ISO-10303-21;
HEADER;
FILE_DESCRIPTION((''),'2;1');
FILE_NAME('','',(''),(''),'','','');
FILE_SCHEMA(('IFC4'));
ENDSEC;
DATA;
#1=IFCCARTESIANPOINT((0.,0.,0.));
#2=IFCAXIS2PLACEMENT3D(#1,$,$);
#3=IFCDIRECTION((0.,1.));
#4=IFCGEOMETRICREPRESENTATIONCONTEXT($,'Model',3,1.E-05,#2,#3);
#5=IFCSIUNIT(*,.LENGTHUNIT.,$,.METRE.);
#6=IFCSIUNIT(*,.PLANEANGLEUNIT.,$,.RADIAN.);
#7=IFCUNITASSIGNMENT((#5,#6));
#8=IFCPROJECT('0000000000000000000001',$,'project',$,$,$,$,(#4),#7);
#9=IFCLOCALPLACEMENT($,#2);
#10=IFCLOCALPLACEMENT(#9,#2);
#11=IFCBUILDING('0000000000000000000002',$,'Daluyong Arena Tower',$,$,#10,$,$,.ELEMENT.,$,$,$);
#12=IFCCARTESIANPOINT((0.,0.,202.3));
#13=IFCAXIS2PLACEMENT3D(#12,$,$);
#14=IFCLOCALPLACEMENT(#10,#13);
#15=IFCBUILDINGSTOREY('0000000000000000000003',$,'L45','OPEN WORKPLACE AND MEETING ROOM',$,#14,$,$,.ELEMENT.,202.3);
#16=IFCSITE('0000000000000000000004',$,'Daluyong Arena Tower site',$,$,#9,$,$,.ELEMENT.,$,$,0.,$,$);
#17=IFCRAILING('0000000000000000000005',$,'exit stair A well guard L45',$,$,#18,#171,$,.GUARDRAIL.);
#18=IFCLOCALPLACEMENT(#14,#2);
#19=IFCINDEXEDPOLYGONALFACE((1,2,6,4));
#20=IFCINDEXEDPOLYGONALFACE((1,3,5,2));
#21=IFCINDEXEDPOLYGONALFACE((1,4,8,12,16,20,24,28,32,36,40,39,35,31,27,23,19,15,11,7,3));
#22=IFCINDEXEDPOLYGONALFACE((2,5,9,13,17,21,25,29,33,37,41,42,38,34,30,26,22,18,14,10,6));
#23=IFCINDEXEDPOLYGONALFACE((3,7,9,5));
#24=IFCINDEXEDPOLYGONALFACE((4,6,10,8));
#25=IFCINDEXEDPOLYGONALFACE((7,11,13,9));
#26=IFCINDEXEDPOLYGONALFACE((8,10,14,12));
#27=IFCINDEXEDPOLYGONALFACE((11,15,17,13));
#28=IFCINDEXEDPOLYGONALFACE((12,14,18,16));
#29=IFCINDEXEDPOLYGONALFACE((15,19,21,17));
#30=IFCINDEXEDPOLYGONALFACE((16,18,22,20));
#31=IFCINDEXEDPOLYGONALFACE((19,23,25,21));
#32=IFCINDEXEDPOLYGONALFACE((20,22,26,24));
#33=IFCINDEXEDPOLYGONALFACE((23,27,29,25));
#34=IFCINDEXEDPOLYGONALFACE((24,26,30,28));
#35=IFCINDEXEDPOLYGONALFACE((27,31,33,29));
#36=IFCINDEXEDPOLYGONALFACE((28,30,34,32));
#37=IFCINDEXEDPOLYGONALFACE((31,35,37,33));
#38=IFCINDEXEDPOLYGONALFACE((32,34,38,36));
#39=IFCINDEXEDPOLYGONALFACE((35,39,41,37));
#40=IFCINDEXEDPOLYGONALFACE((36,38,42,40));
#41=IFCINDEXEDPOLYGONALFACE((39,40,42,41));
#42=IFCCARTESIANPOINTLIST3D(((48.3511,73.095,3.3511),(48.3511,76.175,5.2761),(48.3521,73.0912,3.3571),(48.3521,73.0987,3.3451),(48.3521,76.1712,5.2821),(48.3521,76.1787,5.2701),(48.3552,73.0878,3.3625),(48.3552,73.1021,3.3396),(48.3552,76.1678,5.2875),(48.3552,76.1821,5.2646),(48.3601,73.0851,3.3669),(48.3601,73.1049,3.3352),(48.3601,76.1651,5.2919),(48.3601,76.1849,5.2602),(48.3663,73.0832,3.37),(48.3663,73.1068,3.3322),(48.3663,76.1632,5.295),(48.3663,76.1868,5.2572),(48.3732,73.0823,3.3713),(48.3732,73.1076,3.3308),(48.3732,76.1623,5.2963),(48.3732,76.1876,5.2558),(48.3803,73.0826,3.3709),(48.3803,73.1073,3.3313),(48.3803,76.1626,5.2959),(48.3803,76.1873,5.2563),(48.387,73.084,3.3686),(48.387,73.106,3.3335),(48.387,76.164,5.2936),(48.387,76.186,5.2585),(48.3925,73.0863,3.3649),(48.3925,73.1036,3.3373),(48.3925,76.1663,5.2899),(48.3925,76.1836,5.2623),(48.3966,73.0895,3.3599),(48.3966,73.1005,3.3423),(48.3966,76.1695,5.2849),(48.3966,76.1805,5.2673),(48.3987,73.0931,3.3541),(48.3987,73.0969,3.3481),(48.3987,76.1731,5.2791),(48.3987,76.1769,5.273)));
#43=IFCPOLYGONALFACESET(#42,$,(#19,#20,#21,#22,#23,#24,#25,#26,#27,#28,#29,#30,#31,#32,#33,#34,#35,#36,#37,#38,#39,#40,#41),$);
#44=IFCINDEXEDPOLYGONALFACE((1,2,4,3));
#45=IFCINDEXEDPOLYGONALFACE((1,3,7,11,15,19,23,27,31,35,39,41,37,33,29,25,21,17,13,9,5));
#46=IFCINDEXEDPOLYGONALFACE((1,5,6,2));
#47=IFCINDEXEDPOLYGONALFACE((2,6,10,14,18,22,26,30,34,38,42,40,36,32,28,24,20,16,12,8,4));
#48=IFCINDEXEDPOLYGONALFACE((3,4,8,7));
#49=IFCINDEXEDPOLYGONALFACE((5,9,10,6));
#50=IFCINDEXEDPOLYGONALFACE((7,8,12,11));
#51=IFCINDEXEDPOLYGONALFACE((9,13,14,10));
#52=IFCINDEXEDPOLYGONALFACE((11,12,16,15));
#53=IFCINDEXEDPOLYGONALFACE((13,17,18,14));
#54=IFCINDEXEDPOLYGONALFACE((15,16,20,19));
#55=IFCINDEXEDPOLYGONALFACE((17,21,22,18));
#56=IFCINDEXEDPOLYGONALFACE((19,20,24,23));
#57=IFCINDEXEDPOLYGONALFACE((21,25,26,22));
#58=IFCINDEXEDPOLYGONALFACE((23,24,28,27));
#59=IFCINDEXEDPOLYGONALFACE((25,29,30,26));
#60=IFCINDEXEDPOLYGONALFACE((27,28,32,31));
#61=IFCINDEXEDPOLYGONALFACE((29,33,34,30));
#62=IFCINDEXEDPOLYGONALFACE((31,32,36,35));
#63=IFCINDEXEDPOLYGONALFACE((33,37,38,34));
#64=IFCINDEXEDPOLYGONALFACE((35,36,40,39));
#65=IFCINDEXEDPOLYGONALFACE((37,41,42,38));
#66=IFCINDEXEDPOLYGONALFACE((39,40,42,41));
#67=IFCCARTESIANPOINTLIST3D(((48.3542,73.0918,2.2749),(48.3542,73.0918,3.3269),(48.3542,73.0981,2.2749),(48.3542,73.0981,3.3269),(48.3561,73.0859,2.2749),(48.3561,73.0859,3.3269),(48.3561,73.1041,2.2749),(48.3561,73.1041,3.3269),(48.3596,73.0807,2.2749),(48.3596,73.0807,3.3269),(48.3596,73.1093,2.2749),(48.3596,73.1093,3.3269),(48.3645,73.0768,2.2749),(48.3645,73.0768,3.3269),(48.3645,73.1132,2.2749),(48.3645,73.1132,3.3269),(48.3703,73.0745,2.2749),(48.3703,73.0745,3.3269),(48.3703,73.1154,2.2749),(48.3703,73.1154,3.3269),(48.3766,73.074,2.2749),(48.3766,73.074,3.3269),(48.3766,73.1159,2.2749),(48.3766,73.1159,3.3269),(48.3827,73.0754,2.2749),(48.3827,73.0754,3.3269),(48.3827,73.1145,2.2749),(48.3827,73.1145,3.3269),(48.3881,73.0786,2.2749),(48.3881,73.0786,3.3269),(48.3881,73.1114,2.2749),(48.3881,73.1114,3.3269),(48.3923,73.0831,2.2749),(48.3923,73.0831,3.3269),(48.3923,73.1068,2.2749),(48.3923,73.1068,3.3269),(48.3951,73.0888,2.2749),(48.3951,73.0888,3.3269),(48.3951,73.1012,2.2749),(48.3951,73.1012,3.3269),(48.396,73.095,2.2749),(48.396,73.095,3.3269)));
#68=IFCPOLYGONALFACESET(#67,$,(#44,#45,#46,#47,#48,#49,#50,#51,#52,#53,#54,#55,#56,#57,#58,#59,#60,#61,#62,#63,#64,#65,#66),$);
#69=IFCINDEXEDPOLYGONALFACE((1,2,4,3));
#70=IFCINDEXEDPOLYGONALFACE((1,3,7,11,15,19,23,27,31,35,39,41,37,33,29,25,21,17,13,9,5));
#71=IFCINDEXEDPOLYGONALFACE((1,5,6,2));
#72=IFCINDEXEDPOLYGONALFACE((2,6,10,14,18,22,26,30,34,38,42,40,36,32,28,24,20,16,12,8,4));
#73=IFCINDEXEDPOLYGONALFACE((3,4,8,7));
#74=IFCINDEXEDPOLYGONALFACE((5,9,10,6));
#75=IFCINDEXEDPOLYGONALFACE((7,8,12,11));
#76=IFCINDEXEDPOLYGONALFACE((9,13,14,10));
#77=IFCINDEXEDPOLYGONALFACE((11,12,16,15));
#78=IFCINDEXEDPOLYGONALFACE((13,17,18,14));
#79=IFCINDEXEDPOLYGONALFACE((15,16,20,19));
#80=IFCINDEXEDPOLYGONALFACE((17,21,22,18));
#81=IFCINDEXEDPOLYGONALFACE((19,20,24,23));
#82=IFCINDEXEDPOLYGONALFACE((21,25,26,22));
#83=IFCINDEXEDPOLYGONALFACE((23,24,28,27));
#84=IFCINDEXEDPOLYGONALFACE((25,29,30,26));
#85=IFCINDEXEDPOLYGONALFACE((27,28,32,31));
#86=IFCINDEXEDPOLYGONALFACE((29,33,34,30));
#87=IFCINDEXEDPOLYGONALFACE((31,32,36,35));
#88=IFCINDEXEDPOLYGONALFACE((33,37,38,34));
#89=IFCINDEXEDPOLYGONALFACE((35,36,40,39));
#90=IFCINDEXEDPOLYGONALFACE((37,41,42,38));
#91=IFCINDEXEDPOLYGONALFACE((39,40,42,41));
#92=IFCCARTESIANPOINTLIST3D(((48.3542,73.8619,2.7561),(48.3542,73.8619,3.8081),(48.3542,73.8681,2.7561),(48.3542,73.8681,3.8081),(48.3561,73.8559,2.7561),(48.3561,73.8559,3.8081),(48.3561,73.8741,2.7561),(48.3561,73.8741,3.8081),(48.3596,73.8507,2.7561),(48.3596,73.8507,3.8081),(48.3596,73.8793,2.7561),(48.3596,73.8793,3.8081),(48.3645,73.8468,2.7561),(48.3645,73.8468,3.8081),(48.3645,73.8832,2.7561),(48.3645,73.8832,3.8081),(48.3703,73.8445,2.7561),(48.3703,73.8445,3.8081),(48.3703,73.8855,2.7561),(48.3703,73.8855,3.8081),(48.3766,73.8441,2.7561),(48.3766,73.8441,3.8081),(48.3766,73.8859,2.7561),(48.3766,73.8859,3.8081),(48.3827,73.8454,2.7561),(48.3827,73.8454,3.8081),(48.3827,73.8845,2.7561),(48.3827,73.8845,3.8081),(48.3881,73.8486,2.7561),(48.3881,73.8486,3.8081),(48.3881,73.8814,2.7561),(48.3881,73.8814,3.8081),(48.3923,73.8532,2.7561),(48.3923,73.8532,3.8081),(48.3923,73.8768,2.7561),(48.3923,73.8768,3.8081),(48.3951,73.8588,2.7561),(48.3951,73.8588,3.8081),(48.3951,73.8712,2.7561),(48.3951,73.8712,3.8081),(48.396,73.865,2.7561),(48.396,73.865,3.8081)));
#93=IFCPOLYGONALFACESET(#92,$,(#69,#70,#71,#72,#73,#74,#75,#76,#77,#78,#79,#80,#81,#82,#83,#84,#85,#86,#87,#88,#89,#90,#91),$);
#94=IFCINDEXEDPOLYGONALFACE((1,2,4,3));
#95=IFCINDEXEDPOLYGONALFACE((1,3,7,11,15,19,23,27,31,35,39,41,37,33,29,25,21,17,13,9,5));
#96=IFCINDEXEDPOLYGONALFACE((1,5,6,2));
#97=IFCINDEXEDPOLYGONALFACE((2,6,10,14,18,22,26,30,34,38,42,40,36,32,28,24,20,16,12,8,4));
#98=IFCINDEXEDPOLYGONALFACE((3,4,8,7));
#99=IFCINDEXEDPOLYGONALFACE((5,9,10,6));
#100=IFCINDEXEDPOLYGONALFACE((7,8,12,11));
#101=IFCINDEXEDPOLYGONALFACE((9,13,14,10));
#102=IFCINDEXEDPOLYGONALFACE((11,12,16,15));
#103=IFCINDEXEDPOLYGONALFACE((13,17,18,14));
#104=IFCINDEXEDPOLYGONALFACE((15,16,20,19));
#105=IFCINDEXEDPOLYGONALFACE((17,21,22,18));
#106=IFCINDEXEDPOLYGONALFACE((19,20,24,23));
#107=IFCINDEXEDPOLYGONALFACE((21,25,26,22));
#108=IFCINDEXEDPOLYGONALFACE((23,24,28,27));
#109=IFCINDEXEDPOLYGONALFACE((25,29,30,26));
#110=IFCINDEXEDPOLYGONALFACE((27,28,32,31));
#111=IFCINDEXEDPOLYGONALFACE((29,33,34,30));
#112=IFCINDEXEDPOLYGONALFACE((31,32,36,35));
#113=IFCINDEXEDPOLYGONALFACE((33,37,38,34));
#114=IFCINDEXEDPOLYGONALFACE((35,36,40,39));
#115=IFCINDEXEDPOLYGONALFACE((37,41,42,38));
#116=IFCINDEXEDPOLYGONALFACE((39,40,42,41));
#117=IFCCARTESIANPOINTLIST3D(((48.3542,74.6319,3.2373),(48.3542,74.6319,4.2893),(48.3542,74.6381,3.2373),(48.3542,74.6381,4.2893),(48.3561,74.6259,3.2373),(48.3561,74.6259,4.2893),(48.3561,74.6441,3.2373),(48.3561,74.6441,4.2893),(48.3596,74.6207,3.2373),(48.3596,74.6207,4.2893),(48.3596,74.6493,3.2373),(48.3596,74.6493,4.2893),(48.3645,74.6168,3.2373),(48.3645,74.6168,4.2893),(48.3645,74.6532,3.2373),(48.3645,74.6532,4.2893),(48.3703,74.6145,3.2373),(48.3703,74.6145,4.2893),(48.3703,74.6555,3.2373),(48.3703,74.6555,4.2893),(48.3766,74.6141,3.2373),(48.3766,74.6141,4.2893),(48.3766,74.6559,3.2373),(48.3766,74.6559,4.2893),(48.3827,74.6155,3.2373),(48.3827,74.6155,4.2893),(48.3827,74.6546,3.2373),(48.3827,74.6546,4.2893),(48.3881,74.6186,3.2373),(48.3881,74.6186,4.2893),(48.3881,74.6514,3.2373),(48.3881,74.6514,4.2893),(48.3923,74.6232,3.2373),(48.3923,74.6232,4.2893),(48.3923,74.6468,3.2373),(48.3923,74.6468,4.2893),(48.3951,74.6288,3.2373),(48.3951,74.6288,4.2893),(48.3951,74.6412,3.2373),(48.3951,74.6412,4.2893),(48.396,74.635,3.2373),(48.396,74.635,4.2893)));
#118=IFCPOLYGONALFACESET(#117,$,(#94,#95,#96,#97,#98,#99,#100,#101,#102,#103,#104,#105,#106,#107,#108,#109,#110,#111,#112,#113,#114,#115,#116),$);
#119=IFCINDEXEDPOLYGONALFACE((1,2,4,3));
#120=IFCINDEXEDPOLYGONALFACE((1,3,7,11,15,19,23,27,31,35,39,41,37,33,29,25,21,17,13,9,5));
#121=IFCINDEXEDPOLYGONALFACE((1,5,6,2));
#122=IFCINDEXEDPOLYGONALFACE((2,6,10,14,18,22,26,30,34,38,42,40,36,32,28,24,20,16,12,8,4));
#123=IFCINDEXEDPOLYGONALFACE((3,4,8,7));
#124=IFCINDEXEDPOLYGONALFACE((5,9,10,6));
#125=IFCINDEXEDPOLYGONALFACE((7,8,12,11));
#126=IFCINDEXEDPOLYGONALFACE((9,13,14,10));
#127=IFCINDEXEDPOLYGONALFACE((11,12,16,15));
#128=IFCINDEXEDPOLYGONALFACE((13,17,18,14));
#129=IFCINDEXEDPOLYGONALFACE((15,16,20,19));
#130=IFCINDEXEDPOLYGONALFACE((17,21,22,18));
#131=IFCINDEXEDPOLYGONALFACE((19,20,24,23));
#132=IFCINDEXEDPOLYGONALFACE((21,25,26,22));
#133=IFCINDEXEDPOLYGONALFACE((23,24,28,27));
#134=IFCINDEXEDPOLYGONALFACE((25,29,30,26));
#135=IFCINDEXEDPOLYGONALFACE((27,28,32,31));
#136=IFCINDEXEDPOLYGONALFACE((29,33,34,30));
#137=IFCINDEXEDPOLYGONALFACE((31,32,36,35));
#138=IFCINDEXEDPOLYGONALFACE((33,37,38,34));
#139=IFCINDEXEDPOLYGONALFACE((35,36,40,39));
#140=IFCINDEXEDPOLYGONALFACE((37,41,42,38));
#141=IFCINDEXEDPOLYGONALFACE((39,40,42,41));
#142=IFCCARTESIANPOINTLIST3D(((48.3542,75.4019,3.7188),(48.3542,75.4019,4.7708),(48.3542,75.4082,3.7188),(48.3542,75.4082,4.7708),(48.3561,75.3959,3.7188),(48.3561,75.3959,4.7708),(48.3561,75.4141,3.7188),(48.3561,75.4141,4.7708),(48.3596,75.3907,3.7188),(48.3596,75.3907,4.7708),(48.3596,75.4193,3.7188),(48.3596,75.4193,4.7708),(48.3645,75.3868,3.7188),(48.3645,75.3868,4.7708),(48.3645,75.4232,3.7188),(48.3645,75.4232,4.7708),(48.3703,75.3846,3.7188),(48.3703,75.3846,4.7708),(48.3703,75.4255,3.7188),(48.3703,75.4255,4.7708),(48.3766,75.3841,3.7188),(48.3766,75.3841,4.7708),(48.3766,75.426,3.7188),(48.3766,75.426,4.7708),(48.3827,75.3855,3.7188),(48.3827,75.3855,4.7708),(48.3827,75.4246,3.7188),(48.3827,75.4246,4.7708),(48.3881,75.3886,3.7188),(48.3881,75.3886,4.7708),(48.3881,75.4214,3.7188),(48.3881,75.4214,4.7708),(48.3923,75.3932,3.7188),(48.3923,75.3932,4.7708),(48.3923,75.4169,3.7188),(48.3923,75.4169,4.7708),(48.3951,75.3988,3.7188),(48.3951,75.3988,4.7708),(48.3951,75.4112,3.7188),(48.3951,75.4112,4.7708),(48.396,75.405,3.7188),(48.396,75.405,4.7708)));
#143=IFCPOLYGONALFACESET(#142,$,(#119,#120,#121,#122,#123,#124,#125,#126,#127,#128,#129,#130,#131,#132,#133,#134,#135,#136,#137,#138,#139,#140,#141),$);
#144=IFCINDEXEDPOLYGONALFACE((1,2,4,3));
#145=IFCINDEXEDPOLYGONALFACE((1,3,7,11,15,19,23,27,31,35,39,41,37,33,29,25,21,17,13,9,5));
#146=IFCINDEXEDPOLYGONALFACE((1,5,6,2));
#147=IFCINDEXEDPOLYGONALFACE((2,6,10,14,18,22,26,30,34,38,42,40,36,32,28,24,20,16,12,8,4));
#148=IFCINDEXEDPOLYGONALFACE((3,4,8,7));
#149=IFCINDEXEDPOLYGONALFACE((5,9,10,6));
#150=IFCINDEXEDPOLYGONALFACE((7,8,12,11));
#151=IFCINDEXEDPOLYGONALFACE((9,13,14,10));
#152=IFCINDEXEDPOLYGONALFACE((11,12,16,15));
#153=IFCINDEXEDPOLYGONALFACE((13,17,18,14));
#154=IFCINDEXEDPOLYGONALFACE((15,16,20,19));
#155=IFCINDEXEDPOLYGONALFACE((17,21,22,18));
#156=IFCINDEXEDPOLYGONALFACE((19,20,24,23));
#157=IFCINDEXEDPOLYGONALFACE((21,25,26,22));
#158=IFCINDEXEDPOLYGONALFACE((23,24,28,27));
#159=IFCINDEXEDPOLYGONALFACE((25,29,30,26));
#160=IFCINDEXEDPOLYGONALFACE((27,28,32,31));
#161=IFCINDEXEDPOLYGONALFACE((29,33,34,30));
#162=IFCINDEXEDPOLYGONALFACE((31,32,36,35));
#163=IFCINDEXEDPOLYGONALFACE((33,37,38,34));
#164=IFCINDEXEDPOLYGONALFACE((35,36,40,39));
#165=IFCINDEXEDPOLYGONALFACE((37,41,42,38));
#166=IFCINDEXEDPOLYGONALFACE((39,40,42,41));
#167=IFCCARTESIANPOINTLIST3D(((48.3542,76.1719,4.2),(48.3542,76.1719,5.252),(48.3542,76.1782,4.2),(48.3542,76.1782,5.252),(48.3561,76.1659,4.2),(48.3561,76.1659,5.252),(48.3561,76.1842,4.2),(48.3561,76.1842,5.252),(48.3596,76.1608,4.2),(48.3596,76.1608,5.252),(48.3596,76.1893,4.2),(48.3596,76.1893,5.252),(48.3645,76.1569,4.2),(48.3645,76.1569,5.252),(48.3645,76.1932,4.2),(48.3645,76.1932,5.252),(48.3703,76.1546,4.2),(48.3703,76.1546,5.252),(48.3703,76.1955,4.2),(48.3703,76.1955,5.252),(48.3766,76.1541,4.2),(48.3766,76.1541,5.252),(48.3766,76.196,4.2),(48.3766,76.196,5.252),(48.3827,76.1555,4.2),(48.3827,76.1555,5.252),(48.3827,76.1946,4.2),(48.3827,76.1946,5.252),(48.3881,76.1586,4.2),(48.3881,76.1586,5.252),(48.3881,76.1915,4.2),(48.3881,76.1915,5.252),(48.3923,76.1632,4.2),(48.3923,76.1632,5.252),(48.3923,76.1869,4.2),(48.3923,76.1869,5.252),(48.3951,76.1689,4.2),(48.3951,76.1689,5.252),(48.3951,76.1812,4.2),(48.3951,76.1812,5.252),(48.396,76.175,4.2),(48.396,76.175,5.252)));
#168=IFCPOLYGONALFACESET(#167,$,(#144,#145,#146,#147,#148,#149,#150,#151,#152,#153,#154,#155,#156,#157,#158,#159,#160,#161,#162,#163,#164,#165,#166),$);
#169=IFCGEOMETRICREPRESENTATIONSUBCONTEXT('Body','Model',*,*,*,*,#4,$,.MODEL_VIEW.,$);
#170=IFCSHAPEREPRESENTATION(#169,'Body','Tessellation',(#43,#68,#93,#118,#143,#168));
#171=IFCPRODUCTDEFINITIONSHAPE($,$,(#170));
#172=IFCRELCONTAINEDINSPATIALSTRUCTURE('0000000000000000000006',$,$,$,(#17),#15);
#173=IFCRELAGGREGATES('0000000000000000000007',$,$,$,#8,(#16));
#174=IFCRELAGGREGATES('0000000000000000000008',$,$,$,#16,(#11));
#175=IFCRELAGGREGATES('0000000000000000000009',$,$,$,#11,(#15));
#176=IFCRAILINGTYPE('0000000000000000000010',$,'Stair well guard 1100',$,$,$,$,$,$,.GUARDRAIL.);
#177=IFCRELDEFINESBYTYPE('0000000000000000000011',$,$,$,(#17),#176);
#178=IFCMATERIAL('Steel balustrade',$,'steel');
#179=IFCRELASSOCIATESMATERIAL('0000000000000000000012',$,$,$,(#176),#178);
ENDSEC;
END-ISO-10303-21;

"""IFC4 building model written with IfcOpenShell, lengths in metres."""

from ifc_helpers import new_model, si_unit, direction, frame, origin, origin_2d, place, context, subcontext, project, spatial, circle, extrude, material, type_object, element, save


model = new_model("IFC4")

# Units and contexts
model_context = context("Model", 3, precision=1e-05, world=origin(), true_north=direction((0.0, 1.0)))
body_context = subcontext(model_context, "Body", "Model", "MODEL_VIEW")
ifc_project = project(units=[si_unit("LENGTHUNIT", "METRE"), si_unit("PLANEANGLEUNIT", "RADIAN")], contexts=[model_context])

# Site, building, storey
site_placement = place(None, origin())
site = spatial("IfcSite", under=ifc_project, at=site_placement, Name="Daluyong Arena Tower site", CompositionType="ELEMENT", RefElevation=0.0)
building_placement = place(site_placement, origin())
building = spatial("IfcBuilding", under=site, at=building_placement, Name="Daluyong Arena Tower", CompositionType="ELEMENT")
storey_placement = place(building_placement, frame((0.0, 0.0, 202.3)))
storey = spatial("IfcBuildingStorey", under=building, at=storey_placement, Name="L45", Description="OPEN WORKPLACE AND MEETING ROOM", CompositionType="ELEMENT", Elevation=202.3)

# Railing
ifc_material_1 = material(Name="Steel balustrade", Category="steel")
railing_type_1 = type_object("IfcRailingType", Name="Stair well guard 1100", PredefinedType="GUARDRAIL", material=ifc_material_1)
railing_1_placement = place(storey_placement, frame((48.375, 73.095, 2.2749)))
element("IfcRailing", 1, at=railing_1_placement, inside=storey, type_object=railing_type_1, Name="exit stair A well guard L45", PredefinedType="GUARDRAIL", context=body_context, shape_type="SweptSolid", body=[
    extrude(circle(Radius=0.0239, at=origin_2d()), frame((0.0, 0.0, 1.0762), z_axis=(0.0, 0.847998, 0.529999), x_axis=(-1.0, 0.0, 0.0)), (0.0, 0.0, 1.0), 3.6321),
    extrude(circle(Radius=0.021, at=origin_2d()), origin(), (0.0, 0.0, 1.0), 1.052),
    extrude(circle(Radius=0.021, at=origin_2d()), frame((0.0, 0.77, 0.4812)), (0.0, 0.0, 1.0), 1.052),
    extrude(circle(Radius=0.021, at=origin_2d()), frame((0.0, 1.54, 0.9624)), (0.0, 0.0, 1.0), 1.052),
    extrude(circle(Radius=0.021, at=origin_2d()), frame((0.0, 2.3101, 1.4438)), (0.0, 0.0, 1.0), 1.052),
    extrude(circle(Radius=0.021, at=origin_2d()), frame((0.0, 3.0801, 1.925)), (0.0, 0.0, 1.0), 1.052),
])

save(model, "model.ifc")
